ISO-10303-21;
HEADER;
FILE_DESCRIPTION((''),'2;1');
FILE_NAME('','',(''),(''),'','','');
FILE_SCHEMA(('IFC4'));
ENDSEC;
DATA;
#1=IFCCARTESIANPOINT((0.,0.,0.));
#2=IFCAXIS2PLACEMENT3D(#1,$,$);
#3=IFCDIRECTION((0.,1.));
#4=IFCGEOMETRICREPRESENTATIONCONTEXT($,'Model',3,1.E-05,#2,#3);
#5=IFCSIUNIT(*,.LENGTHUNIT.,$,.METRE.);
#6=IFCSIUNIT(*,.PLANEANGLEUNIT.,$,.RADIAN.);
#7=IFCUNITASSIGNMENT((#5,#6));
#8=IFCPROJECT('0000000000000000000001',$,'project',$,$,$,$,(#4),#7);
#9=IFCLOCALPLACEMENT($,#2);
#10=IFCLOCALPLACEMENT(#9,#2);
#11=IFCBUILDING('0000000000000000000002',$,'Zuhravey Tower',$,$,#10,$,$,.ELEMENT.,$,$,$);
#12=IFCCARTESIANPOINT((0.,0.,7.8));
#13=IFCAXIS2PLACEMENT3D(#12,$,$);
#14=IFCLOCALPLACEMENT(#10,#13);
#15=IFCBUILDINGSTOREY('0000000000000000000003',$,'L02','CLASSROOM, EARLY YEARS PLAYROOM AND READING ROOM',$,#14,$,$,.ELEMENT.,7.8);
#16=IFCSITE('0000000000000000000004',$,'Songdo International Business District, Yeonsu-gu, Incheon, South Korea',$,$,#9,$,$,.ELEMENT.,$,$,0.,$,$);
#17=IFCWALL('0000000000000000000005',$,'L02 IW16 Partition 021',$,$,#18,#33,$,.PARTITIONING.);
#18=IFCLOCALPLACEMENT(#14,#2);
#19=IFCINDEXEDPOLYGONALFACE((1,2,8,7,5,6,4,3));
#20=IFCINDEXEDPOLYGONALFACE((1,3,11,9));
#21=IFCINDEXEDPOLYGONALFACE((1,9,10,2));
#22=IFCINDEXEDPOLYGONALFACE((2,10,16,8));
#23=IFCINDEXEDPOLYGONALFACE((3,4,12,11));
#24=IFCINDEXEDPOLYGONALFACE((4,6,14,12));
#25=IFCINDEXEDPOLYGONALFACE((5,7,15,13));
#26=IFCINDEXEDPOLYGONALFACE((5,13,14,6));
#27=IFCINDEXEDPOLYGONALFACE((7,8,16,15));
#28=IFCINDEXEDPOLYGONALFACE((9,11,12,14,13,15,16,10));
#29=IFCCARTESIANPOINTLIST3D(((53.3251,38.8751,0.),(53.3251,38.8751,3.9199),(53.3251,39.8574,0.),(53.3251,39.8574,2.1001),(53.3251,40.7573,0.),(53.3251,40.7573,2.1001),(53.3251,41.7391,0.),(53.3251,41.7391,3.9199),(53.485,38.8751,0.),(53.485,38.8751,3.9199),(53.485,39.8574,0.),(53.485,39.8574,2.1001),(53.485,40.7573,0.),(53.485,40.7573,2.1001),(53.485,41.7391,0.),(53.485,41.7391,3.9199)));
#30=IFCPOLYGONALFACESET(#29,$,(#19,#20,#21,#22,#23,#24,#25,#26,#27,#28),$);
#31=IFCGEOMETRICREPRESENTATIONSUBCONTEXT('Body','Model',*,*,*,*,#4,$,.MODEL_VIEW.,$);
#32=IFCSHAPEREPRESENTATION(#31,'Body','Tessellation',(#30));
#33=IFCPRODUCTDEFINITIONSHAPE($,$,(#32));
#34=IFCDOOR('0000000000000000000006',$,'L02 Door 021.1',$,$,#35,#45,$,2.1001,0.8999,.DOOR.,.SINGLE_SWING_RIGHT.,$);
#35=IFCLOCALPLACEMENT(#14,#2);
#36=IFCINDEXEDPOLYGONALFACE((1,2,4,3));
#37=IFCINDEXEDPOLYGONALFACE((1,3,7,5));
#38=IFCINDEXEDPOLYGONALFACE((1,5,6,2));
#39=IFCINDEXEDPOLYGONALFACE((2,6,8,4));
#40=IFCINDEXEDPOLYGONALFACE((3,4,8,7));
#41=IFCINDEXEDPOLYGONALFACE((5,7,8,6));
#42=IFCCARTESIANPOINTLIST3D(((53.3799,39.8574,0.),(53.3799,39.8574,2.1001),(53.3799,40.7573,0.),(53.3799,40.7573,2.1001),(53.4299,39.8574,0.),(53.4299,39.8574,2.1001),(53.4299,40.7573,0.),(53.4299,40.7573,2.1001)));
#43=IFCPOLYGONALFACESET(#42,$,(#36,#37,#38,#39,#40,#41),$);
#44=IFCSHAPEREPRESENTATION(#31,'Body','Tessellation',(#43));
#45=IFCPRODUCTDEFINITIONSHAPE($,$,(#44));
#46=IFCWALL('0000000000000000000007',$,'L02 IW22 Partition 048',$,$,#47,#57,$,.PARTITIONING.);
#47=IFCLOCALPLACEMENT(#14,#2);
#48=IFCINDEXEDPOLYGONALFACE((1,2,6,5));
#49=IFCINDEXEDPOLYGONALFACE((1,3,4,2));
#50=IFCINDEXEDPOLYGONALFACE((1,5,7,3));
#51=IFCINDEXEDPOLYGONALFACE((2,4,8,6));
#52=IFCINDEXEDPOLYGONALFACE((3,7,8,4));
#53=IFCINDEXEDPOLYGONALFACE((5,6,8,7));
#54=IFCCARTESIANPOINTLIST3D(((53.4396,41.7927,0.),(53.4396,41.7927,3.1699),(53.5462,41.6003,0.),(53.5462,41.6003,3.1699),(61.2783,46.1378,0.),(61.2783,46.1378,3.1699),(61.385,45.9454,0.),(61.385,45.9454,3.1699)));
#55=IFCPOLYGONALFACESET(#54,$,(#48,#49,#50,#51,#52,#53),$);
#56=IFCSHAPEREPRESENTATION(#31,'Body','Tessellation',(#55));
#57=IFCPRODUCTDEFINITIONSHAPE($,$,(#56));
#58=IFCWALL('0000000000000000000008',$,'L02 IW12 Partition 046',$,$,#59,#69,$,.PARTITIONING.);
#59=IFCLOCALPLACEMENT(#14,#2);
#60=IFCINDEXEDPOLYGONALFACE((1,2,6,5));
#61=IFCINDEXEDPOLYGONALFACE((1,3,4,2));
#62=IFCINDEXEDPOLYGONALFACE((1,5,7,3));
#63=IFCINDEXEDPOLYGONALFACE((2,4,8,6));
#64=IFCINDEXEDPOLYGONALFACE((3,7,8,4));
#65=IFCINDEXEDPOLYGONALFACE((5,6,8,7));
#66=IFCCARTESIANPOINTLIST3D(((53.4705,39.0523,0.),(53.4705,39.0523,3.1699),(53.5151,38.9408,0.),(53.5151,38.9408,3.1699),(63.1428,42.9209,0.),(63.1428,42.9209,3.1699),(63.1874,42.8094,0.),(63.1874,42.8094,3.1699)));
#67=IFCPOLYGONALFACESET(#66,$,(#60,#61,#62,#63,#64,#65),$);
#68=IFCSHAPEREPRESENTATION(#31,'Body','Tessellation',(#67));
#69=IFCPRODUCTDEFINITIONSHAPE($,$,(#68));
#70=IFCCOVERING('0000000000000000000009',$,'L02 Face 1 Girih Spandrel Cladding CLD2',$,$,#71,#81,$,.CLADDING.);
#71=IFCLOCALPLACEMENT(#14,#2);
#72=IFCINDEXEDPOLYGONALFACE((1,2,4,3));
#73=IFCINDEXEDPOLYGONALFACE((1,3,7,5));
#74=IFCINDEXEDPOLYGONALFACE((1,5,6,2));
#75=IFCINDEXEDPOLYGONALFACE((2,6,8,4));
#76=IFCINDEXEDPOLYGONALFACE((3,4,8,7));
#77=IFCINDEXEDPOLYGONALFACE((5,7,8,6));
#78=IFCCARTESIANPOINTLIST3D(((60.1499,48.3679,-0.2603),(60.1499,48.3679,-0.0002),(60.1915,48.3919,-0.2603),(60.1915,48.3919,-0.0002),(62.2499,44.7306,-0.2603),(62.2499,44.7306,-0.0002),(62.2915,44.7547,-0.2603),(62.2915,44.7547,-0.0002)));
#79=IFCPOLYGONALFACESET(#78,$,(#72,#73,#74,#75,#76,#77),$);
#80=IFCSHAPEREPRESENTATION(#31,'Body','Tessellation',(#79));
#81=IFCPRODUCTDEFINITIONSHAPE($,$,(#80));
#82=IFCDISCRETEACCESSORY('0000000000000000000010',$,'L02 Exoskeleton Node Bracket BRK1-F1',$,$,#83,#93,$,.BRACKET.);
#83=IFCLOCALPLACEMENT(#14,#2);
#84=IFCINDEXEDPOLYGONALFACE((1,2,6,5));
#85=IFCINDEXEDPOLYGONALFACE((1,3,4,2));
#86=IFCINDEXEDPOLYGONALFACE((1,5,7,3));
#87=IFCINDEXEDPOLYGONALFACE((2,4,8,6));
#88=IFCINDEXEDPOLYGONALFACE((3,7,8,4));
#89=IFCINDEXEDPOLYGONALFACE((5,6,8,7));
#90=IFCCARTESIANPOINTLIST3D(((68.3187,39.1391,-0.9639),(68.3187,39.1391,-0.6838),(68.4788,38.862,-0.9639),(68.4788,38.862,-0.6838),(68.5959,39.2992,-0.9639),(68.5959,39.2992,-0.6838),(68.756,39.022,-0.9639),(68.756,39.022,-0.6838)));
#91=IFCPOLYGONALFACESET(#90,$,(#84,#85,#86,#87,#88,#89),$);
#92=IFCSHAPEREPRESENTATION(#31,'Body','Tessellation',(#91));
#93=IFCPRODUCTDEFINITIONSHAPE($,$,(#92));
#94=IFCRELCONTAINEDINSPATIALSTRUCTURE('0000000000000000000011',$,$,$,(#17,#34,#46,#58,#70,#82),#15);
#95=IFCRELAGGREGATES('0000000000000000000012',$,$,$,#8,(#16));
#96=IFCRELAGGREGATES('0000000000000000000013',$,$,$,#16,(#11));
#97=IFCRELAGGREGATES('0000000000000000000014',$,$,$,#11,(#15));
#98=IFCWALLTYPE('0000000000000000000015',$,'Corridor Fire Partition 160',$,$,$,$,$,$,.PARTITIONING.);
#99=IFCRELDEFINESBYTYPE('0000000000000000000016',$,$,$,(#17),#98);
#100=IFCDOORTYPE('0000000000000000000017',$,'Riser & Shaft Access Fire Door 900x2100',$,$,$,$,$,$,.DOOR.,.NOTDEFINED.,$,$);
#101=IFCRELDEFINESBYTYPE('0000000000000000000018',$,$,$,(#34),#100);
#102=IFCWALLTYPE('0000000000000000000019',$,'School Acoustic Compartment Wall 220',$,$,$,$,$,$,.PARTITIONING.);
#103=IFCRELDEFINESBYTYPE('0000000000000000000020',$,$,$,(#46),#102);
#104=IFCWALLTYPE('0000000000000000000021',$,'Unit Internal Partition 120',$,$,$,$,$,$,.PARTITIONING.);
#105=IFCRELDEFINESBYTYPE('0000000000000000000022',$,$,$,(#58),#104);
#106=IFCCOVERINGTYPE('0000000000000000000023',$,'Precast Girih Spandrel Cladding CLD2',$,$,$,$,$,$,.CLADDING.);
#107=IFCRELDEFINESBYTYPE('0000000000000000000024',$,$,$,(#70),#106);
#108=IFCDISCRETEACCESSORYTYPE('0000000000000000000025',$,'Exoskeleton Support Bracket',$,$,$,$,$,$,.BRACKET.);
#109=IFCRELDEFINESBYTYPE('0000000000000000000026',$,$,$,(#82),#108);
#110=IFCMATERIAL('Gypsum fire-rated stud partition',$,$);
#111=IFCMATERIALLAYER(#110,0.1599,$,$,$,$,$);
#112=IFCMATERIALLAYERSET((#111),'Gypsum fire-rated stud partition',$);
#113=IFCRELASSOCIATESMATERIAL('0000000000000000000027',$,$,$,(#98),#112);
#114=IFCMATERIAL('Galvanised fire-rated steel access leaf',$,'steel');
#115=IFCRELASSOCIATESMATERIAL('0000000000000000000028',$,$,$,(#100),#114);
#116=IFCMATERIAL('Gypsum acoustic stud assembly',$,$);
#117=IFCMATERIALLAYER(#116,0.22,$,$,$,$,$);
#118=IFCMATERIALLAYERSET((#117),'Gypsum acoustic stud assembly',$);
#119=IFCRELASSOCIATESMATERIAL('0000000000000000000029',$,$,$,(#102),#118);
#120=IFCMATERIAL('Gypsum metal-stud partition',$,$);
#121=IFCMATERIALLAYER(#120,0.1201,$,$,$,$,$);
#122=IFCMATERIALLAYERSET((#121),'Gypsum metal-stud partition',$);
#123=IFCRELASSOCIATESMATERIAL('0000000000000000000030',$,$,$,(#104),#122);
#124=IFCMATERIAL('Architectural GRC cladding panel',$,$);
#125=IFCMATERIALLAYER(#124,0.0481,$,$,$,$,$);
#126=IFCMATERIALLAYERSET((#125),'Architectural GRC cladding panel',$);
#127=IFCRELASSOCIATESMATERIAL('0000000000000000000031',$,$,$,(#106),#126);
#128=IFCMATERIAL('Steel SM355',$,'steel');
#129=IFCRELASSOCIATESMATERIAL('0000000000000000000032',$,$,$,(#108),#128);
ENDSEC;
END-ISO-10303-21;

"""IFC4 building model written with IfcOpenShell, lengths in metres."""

from ifc_helpers import new_model, si_unit, direction, frame, frame_2d, origin, origin_2d, place, context, subcontext, project, spatial, rectangle, extrude, material, layer, layer_set, type_object, element, fill, save


model = new_model("IFC4")

# Units and contexts
model_context = context("Model", 3, precision=1e-05, world=origin(), true_north=direction((0.0, 1.0)))
body_context = subcontext(model_context, "Body", "Model", "MODEL_VIEW")
ifc_project = project(units=[si_unit("LENGTHUNIT", "METRE"), si_unit("PLANEANGLEUNIT", "RADIAN")], contexts=[model_context])

# Site, building, storey
site_placement = place(None, origin())
site = spatial("IfcSite", under=ifc_project, at=site_placement, Name="Songdo International Business District, Yeonsu-gu, Incheon, South Korea", CompositionType="ELEMENT", RefElevation=0.0)
building_placement = place(site_placement, origin())
building = spatial("IfcBuilding", under=site, at=building_placement, Name="Zuhravey Tower", CompositionType="ELEMENT")
storey_placement = place(building_placement, frame((0.0, 0.0, 7.8)))
storey = spatial("IfcBuildingStorey", under=building, at=storey_placement, Name="L02", Description="CLASSROOM, EARLY YEARS PLAYROOM AND READING ROOM", CompositionType="ELEMENT", Elevation=7.8)

# Shared definitions
ifc_material_1 = material(Name="Steel SM355", Category="steel")

# Wall, opening, door
ifc_material_2 = material(Name="Gypsum fire-rated stud partition")
ifc_layer_1 = layer(ifc_material_2, 0.1599)
ifc_layer_set_1 = layer_set([ifc_layer_1], Name="Gypsum fire-rated stud partition")
wall_type_1 = type_object("IfcWallType", Name="Corridor Fire Partition 160", PredefinedType="PARTITIONING", material=ifc_layer_set_1)
wall_1_placement = place(storey_placement, frame((53.405, 41.7393, 0.0), z_axis=(0.0, 0.0, 1.0), x_axis=(0.0, -1.0, 0.0)))
wall_1 = element("IfcWall", 1, at=wall_1_placement, inside=storey, type_object=wall_type_1, Name="L02 IW16 Partition 021", PredefinedType="PARTITIONING", context=body_context, shape_type="SweptSolid", body=[
    extrude(rectangle(XDim=2.864, YDim=0.1599, at=frame_2d((1.4321, 0.0))), origin(), (0.0, 0.0, 1.0), 3.9199),
])
opening_placement = place(wall_1_placement, frame((0.9819, 0.0, 0.0)))
opening = element("IfcOpeningElement", 2, at=opening_placement, cuts=wall_1, PredefinedType="OPENING", context=body_context, shape_type="SweptSolid", body=[
    extrude(rectangle(XDim=0.8999, YDim=2.1001, at=frame_2d((0.45, 1.05))), frame((0.0, 0.092, 0.0), z_axis=(0.0, -1.0, 0.0), x_axis=(1.0, 0.0, 0.0)), (0.0, 0.0, 1.0), 0.1838),
])
ifc_material_3 = material(Name="Galvanised fire-rated steel access leaf", Category="steel")
door_type = type_object("IfcDoorType", Name="Riser & Shaft Access Fire Door 900x2100", OperationType="NOTDEFINED", PredefinedType="DOOR", material=ifc_material_3)
door_placement = place(opening_placement, origin())
door = element("IfcDoor", 3, at=door_placement, inside=storey, type_object=door_type, Name="L02 Door 021.1", OperationType="SINGLE_SWING_RIGHT", OverallHeight=2.1001, OverallWidth=0.8999, PredefinedType="DOOR", context=body_context, shape_type="SweptSolid", body=[
    extrude(rectangle(XDim=0.8999, YDim=2.1001, at=frame_2d((0.45, 1.05))), frame((0.0, 0.0249, 0.0), z_axis=(0.0, -1.0, 0.0), x_axis=(1.0, 0.0, 0.0)), (0.0, 0.0, 1.0), 0.05),
])
fill(opening, door)

# Walls
ifc_material_4 = material(Name="Gypsum acoustic stud assembly")
ifc_layer_2 = layer(ifc_material_4, 0.22)
ifc_layer_set_2 = layer_set([ifc_layer_2], Name="Gypsum acoustic stud assembly")
wall_type_2 = type_object("IfcWallType", Name="School Acoustic Compartment Wall 220", PredefinedType="PARTITIONING", material=ifc_layer_set_2)
wall_2_placement = place(storey_placement, frame((53.4929, 41.6965, 0.0), z_axis=(0.0, 0.0, 1.0), x_axis=(0.874622, 0.484805, 0.0)))
element("IfcWall", 4, at=wall_2_placement, inside=storey, type_object=wall_type_2, Name="L02 IW22 Partition 048", PredefinedType="PARTITIONING", context=body_context, shape_type="SweptSolid", body=[
    extrude(rectangle(XDim=8.9624, YDim=0.22, at=frame_2d((4.4812, 0.0))), origin(), (0.0, 0.0, 1.0), 3.1699),
])
ifc_material_5 = material(Name="Gypsum metal-stud partition")
ifc_layer_3 = layer(ifc_material_5, 0.1201)
ifc_layer_set_3 = layer_set([ifc_layer_3], Name="Gypsum metal-stud partition")
wall_type_3 = type_object("IfcWallType", Name="Unit Internal Partition 120", PredefinedType="PARTITIONING", material=ifc_layer_set_3)
wall_3_placement = place(storey_placement, frame((53.4929, 38.9966, 0.0), z_axis=(0.0, 0.0, 1.0), x_axis=(0.928486, 0.371366, 0.0)))
element("IfcWall", 5, at=wall_3_placement, inside=storey, type_object=wall_type_3, Name="L02 IW12 Partition 046", PredefinedType="PARTITIONING", context=body_context, shape_type="SweptSolid", body=[
    extrude(rectangle(XDim=10.4172, YDim=0.1201, at=frame_2d((5.2085, 0.0))), origin(), (0.0, 0.0, 1.0), 3.1699),
])

# Covering
ifc_material_6 = material(Name="Architectural GRC cladding panel")
ifc_layer_4 = layer(ifc_material_6, 0.0481)
ifc_layer_set_4 = layer_set([ifc_layer_4], Name="Architectural GRC cladding panel")
covering_type = type_object("IfcCoveringType", Name="Precast Girih Spandrel Cladding CLD2", PredefinedType="CLADDING", material=ifc_layer_set_4)
covering_placement = place(storey_placement, frame((61.2207, 46.5613, -0.2603), z_axis=(0.0, 0.0, 1.0), x_axis=(0.5, -0.866025, 0.0)))
element("IfcCovering", 6, at=covering_placement, inside=storey, type_object=covering_type, Name="L02 Face 1 Girih Spandrel Cladding CLD2", PredefinedType="CLADDING", context=body_context, shape_type="SweptSolid", body=[
    extrude(rectangle(XDim=4.2, YDim=0.0481, at=origin_2d()), origin(), (0.0, 0.0, 1.0), 0.26),
])

# Discrete accessory
discrete_accessory_type = type_object("IfcDiscreteAccessoryType", Name="Exoskeleton Support Bracket", PredefinedType="BRACKET", material=ifc_material_1)
discrete_accessory_placement = place(storey_placement, frame((68.5374, 39.0806, -0.9639), z_axis=(0.0, 0.0, 1.0), x_axis=(-0.5, 0.866025, 0.0)))
element("IfcDiscreteAccessory", 7, at=discrete_accessory_placement, inside=storey, type_object=discrete_accessory_type, Name="L02 Exoskeleton Node Bracket BRK1-F1", PredefinedType="BRACKET", context=body_context, shape_type="SweptSolid", body=[
    extrude(rectangle(XDim=0.3201, YDim=0.3201, at=origin_2d()), origin(), (0.0, 0.0, 1.0), 0.28),
])

save(model, "model.ifc")
